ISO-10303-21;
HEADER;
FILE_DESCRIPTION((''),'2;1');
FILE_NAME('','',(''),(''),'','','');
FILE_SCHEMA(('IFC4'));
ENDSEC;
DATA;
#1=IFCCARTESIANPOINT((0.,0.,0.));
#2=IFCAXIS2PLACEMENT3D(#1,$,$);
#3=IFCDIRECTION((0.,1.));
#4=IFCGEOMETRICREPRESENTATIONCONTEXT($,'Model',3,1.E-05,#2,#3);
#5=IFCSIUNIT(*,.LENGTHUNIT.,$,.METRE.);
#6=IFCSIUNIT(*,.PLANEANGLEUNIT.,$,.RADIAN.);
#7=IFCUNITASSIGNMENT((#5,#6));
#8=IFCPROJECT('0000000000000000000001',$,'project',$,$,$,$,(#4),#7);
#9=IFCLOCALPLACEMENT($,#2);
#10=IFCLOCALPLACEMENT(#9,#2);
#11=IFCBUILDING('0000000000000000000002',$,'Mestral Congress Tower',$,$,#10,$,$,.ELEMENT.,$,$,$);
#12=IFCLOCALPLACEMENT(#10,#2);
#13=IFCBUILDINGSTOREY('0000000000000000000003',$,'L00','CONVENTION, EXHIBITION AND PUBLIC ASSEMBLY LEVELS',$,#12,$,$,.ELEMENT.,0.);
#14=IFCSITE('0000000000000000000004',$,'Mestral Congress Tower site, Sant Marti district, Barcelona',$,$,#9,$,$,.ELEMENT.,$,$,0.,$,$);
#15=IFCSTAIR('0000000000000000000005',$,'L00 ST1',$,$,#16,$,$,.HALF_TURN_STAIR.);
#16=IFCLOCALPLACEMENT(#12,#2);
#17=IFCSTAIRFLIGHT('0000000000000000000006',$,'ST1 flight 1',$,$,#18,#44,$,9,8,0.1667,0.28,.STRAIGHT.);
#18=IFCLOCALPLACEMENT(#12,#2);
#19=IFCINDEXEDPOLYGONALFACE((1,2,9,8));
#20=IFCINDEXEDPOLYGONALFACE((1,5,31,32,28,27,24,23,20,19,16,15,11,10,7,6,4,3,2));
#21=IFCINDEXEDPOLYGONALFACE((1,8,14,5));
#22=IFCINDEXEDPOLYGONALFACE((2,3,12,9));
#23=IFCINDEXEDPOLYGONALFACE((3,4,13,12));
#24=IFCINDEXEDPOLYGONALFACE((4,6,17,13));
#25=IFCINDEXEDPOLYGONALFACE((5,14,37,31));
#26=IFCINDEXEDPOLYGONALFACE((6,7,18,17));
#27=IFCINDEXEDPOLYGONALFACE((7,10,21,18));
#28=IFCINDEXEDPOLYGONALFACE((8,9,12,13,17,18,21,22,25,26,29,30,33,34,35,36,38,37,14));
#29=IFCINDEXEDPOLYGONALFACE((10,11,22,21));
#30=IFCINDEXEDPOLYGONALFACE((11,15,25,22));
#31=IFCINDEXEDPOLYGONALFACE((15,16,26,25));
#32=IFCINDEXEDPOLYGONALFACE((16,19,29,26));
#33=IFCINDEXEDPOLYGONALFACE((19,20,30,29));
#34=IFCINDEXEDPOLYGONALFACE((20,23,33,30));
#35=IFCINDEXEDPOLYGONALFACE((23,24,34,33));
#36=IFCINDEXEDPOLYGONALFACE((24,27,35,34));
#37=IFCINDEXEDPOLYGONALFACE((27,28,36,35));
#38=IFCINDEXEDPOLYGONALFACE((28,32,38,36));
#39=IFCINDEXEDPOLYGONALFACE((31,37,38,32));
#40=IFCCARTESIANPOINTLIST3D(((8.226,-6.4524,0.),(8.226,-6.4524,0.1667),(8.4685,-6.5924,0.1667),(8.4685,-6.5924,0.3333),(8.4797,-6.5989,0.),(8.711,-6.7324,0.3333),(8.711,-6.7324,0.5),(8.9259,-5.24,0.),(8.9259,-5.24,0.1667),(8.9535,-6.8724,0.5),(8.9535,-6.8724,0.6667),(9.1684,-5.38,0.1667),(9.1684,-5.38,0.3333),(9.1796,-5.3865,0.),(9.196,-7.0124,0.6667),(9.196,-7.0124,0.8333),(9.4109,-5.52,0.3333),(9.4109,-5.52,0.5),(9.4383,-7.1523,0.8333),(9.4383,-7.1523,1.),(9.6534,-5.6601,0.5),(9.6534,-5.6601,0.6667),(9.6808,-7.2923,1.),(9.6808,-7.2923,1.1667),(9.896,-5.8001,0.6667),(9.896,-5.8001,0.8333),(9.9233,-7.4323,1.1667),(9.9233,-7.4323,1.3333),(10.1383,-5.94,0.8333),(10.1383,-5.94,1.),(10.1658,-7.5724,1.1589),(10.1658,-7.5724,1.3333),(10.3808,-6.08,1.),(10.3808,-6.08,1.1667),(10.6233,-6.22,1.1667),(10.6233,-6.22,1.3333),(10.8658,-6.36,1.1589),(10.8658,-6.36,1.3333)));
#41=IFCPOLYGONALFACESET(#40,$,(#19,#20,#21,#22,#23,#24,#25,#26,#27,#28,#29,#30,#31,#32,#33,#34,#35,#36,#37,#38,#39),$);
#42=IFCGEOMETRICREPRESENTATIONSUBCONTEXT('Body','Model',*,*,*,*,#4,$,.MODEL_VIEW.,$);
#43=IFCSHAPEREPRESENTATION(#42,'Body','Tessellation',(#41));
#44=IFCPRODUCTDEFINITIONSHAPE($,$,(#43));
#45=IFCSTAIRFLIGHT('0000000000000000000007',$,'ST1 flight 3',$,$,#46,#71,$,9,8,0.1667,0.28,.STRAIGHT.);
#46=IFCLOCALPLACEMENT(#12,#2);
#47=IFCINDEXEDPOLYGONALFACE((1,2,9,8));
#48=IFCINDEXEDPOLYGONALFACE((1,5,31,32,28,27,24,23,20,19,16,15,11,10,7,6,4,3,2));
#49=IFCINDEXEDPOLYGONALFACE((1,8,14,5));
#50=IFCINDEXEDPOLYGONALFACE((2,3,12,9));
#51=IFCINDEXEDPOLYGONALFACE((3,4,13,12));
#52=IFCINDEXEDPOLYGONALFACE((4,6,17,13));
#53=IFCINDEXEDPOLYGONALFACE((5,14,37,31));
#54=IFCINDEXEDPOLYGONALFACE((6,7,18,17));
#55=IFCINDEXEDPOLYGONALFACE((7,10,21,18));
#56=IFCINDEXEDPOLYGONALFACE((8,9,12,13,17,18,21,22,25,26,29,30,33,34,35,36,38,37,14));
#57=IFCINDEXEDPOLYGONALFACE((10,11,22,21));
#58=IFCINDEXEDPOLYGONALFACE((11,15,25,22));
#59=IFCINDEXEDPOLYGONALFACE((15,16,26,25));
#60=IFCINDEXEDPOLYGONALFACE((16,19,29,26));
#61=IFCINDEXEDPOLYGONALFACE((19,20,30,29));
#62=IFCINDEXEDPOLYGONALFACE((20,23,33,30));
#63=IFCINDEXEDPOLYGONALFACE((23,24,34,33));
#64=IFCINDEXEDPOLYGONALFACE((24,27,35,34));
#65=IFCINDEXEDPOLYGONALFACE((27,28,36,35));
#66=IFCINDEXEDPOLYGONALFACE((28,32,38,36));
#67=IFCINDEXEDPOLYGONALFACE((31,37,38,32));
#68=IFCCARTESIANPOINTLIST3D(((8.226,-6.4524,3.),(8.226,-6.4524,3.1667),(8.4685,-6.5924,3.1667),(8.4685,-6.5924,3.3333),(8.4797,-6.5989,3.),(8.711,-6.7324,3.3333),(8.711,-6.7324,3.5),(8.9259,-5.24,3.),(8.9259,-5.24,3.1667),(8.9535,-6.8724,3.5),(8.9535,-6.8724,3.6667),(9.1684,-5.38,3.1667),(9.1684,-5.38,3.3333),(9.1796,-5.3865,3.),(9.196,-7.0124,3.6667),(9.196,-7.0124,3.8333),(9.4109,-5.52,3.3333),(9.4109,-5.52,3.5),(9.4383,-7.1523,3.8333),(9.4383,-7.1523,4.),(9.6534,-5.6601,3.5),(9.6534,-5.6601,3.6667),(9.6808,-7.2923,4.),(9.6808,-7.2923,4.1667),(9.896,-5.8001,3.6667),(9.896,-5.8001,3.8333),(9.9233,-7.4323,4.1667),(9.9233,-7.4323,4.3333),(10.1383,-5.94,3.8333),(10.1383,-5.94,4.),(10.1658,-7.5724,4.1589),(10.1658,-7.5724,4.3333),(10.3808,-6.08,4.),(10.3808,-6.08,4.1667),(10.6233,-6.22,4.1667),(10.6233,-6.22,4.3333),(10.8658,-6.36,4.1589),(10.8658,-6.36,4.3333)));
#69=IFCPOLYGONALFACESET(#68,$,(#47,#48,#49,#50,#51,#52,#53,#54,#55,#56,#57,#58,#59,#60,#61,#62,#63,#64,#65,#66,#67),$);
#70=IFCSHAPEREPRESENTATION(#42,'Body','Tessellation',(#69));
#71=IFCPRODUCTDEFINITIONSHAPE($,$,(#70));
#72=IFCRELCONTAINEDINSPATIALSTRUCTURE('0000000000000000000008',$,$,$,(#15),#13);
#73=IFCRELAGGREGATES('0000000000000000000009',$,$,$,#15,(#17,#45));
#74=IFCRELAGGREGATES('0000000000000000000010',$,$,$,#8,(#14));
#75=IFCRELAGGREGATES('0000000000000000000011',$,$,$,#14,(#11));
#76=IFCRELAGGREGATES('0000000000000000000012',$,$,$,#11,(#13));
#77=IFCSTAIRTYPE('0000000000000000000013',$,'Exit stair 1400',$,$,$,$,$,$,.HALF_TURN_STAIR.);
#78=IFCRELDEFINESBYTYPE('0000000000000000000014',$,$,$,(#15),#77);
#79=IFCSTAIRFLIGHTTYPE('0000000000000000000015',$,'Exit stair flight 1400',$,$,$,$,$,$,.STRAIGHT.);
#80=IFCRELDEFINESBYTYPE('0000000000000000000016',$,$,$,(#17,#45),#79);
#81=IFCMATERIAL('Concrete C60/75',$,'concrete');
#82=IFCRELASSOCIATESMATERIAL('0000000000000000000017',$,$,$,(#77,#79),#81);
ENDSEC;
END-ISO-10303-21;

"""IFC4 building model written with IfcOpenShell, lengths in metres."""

from ifc_helpers import new_model, si_unit, direction, frame, origin, place, context, subcontext, project, spatial, polyline, outline, extrude, material, type_object, element, aggregate, save


model = new_model("IFC4")

# Units and contexts
model_context = context("Model", 3, precision=1e-05, world=origin(), true_north=direction((0.0, 1.0)))
body_context = subcontext(model_context, "Body", "Model", "MODEL_VIEW")
ifc_project = project(units=[si_unit("LENGTHUNIT", "METRE"), si_unit("PLANEANGLEUNIT", "RADIAN")], contexts=[model_context])

# Site, building, storey
site_placement = place(None, origin())
site = spatial("IfcSite", under=ifc_project, at=site_placement, Name="Mestral Congress Tower site, Sant Marti district, Barcelona", CompositionType="ELEMENT", RefElevation=0.0)
building_placement = place(site_placement, origin())
building = spatial("IfcBuilding", under=site, at=building_placement, Name="Mestral Congress Tower", CompositionType="ELEMENT")
storey_placement = place(building_placement, origin())
storey = spatial("IfcBuildingStorey", under=building, at=storey_placement, Name="L00", Description="CONVENTION, EXHIBITION AND PUBLIC ASSEMBLY LEVELS", CompositionType="ELEMENT", Elevation=0.0)

# Shared definitions
ifc_material_1 = material(Name="Concrete C60/75", Category="concrete")

# Stair, stair flights
stair_type = type_object("IfcStairType", Name="Exit stair 1400", PredefinedType="HALF_TURN_STAIR", material=ifc_material_1)
stair_placement = place(storey_placement, origin())
stair = element("IfcStair", 1, at=stair_placement, inside=storey, type_object=stair_type, Name="L00 ST1", PredefinedType="HALF_TURN_STAIR")
stair_flight_type = type_object("IfcStairFlightType", Name="Exit stair flight 1400", PredefinedType="STRAIGHT", material=ifc_material_1)
stair_flight_1_placement = place(storey_placement, frame((8.5759, -5.8462, 0.0), z_axis=(0.0, 0.0, 1.0), x_axis=(0.866025, -0.5, 0.0)))
stair_flight_1 = element("IfcStairFlight", 2, at=stair_flight_1_placement, type_object=stair_flight_type, Name="ST1 flight 1", NumberOfRisers=9, NumberOfTreads=8, PredefinedType="STRAIGHT", RiserHeight=0.1667, TreadLength=0.28, context=body_context, shape_type="SweptSolid", body=[
    extrude(outline(polyline([(0.0, 0.0), (0.0, 0.1667), (0.28, 0.1667), (0.28, 0.3333), (0.5601, 0.3333), (0.5601, 0.5), (0.8401, 0.5), (0.8401, 0.6667), (1.1201, 0.6667), (1.1201, 0.8333), (1.3999, 0.8333), (1.3999, 1.0), (1.6799, 1.0), (1.6799, 1.1667), (1.96, 1.1667), (1.96, 1.3333), (2.24, 1.3333), (2.24, 1.5), (2.24, 1.1589), (0.293, 0.0), (0.0, 0.0)])), frame((0.0, 0.7, 0.0), z_axis=(0.0, -1.0, 0.0), x_axis=(1.0, 0.0, 0.0)), (0.0, 0.0, 1.0), 1.3999),
])
stair_flight_2_placement = place(storey_placement, frame((8.5759, -5.8462, 3.0), z_axis=(0.0, 0.0, 1.0), x_axis=(0.866025, -0.5, 0.0)))
stair_flight_2 = element("IfcStairFlight", 3, at=stair_flight_2_placement, type_object=stair_flight_type, Name="ST1 flight 3", NumberOfRisers=9, NumberOfTreads=8, PredefinedType="STRAIGHT", RiserHeight=0.1667, TreadLength=0.28, context=body_context, shape_type="SweptSolid", body=[
    extrude(outline(polyline([(0.0, 0.0), (0.0, 0.1667), (0.28, 0.1667), (0.28, 0.3333), (0.5601, 0.3333), (0.5601, 0.5), (0.8401, 0.5), (0.8401, 0.6667), (1.1201, 0.6667), (1.1201, 0.8333), (1.3999, 0.8333), (1.3999, 1.0), (1.6799, 1.0), (1.6799, 1.1667), (1.96, 1.1667), (1.96, 1.3333), (2.24, 1.3333), (2.24, 1.5), (2.24, 1.1589), (0.293, 0.0), (0.0, 0.0)])), frame((0.0, 0.7, 0.0), z_axis=(0.0, -1.0, 0.0), x_axis=(1.0, 0.0, 0.0)), (0.0, 0.0, 1.0), 1.3999),
])
aggregate(stair, [stair_flight_1, stair_flight_2])

save(model, "model.ifc")
